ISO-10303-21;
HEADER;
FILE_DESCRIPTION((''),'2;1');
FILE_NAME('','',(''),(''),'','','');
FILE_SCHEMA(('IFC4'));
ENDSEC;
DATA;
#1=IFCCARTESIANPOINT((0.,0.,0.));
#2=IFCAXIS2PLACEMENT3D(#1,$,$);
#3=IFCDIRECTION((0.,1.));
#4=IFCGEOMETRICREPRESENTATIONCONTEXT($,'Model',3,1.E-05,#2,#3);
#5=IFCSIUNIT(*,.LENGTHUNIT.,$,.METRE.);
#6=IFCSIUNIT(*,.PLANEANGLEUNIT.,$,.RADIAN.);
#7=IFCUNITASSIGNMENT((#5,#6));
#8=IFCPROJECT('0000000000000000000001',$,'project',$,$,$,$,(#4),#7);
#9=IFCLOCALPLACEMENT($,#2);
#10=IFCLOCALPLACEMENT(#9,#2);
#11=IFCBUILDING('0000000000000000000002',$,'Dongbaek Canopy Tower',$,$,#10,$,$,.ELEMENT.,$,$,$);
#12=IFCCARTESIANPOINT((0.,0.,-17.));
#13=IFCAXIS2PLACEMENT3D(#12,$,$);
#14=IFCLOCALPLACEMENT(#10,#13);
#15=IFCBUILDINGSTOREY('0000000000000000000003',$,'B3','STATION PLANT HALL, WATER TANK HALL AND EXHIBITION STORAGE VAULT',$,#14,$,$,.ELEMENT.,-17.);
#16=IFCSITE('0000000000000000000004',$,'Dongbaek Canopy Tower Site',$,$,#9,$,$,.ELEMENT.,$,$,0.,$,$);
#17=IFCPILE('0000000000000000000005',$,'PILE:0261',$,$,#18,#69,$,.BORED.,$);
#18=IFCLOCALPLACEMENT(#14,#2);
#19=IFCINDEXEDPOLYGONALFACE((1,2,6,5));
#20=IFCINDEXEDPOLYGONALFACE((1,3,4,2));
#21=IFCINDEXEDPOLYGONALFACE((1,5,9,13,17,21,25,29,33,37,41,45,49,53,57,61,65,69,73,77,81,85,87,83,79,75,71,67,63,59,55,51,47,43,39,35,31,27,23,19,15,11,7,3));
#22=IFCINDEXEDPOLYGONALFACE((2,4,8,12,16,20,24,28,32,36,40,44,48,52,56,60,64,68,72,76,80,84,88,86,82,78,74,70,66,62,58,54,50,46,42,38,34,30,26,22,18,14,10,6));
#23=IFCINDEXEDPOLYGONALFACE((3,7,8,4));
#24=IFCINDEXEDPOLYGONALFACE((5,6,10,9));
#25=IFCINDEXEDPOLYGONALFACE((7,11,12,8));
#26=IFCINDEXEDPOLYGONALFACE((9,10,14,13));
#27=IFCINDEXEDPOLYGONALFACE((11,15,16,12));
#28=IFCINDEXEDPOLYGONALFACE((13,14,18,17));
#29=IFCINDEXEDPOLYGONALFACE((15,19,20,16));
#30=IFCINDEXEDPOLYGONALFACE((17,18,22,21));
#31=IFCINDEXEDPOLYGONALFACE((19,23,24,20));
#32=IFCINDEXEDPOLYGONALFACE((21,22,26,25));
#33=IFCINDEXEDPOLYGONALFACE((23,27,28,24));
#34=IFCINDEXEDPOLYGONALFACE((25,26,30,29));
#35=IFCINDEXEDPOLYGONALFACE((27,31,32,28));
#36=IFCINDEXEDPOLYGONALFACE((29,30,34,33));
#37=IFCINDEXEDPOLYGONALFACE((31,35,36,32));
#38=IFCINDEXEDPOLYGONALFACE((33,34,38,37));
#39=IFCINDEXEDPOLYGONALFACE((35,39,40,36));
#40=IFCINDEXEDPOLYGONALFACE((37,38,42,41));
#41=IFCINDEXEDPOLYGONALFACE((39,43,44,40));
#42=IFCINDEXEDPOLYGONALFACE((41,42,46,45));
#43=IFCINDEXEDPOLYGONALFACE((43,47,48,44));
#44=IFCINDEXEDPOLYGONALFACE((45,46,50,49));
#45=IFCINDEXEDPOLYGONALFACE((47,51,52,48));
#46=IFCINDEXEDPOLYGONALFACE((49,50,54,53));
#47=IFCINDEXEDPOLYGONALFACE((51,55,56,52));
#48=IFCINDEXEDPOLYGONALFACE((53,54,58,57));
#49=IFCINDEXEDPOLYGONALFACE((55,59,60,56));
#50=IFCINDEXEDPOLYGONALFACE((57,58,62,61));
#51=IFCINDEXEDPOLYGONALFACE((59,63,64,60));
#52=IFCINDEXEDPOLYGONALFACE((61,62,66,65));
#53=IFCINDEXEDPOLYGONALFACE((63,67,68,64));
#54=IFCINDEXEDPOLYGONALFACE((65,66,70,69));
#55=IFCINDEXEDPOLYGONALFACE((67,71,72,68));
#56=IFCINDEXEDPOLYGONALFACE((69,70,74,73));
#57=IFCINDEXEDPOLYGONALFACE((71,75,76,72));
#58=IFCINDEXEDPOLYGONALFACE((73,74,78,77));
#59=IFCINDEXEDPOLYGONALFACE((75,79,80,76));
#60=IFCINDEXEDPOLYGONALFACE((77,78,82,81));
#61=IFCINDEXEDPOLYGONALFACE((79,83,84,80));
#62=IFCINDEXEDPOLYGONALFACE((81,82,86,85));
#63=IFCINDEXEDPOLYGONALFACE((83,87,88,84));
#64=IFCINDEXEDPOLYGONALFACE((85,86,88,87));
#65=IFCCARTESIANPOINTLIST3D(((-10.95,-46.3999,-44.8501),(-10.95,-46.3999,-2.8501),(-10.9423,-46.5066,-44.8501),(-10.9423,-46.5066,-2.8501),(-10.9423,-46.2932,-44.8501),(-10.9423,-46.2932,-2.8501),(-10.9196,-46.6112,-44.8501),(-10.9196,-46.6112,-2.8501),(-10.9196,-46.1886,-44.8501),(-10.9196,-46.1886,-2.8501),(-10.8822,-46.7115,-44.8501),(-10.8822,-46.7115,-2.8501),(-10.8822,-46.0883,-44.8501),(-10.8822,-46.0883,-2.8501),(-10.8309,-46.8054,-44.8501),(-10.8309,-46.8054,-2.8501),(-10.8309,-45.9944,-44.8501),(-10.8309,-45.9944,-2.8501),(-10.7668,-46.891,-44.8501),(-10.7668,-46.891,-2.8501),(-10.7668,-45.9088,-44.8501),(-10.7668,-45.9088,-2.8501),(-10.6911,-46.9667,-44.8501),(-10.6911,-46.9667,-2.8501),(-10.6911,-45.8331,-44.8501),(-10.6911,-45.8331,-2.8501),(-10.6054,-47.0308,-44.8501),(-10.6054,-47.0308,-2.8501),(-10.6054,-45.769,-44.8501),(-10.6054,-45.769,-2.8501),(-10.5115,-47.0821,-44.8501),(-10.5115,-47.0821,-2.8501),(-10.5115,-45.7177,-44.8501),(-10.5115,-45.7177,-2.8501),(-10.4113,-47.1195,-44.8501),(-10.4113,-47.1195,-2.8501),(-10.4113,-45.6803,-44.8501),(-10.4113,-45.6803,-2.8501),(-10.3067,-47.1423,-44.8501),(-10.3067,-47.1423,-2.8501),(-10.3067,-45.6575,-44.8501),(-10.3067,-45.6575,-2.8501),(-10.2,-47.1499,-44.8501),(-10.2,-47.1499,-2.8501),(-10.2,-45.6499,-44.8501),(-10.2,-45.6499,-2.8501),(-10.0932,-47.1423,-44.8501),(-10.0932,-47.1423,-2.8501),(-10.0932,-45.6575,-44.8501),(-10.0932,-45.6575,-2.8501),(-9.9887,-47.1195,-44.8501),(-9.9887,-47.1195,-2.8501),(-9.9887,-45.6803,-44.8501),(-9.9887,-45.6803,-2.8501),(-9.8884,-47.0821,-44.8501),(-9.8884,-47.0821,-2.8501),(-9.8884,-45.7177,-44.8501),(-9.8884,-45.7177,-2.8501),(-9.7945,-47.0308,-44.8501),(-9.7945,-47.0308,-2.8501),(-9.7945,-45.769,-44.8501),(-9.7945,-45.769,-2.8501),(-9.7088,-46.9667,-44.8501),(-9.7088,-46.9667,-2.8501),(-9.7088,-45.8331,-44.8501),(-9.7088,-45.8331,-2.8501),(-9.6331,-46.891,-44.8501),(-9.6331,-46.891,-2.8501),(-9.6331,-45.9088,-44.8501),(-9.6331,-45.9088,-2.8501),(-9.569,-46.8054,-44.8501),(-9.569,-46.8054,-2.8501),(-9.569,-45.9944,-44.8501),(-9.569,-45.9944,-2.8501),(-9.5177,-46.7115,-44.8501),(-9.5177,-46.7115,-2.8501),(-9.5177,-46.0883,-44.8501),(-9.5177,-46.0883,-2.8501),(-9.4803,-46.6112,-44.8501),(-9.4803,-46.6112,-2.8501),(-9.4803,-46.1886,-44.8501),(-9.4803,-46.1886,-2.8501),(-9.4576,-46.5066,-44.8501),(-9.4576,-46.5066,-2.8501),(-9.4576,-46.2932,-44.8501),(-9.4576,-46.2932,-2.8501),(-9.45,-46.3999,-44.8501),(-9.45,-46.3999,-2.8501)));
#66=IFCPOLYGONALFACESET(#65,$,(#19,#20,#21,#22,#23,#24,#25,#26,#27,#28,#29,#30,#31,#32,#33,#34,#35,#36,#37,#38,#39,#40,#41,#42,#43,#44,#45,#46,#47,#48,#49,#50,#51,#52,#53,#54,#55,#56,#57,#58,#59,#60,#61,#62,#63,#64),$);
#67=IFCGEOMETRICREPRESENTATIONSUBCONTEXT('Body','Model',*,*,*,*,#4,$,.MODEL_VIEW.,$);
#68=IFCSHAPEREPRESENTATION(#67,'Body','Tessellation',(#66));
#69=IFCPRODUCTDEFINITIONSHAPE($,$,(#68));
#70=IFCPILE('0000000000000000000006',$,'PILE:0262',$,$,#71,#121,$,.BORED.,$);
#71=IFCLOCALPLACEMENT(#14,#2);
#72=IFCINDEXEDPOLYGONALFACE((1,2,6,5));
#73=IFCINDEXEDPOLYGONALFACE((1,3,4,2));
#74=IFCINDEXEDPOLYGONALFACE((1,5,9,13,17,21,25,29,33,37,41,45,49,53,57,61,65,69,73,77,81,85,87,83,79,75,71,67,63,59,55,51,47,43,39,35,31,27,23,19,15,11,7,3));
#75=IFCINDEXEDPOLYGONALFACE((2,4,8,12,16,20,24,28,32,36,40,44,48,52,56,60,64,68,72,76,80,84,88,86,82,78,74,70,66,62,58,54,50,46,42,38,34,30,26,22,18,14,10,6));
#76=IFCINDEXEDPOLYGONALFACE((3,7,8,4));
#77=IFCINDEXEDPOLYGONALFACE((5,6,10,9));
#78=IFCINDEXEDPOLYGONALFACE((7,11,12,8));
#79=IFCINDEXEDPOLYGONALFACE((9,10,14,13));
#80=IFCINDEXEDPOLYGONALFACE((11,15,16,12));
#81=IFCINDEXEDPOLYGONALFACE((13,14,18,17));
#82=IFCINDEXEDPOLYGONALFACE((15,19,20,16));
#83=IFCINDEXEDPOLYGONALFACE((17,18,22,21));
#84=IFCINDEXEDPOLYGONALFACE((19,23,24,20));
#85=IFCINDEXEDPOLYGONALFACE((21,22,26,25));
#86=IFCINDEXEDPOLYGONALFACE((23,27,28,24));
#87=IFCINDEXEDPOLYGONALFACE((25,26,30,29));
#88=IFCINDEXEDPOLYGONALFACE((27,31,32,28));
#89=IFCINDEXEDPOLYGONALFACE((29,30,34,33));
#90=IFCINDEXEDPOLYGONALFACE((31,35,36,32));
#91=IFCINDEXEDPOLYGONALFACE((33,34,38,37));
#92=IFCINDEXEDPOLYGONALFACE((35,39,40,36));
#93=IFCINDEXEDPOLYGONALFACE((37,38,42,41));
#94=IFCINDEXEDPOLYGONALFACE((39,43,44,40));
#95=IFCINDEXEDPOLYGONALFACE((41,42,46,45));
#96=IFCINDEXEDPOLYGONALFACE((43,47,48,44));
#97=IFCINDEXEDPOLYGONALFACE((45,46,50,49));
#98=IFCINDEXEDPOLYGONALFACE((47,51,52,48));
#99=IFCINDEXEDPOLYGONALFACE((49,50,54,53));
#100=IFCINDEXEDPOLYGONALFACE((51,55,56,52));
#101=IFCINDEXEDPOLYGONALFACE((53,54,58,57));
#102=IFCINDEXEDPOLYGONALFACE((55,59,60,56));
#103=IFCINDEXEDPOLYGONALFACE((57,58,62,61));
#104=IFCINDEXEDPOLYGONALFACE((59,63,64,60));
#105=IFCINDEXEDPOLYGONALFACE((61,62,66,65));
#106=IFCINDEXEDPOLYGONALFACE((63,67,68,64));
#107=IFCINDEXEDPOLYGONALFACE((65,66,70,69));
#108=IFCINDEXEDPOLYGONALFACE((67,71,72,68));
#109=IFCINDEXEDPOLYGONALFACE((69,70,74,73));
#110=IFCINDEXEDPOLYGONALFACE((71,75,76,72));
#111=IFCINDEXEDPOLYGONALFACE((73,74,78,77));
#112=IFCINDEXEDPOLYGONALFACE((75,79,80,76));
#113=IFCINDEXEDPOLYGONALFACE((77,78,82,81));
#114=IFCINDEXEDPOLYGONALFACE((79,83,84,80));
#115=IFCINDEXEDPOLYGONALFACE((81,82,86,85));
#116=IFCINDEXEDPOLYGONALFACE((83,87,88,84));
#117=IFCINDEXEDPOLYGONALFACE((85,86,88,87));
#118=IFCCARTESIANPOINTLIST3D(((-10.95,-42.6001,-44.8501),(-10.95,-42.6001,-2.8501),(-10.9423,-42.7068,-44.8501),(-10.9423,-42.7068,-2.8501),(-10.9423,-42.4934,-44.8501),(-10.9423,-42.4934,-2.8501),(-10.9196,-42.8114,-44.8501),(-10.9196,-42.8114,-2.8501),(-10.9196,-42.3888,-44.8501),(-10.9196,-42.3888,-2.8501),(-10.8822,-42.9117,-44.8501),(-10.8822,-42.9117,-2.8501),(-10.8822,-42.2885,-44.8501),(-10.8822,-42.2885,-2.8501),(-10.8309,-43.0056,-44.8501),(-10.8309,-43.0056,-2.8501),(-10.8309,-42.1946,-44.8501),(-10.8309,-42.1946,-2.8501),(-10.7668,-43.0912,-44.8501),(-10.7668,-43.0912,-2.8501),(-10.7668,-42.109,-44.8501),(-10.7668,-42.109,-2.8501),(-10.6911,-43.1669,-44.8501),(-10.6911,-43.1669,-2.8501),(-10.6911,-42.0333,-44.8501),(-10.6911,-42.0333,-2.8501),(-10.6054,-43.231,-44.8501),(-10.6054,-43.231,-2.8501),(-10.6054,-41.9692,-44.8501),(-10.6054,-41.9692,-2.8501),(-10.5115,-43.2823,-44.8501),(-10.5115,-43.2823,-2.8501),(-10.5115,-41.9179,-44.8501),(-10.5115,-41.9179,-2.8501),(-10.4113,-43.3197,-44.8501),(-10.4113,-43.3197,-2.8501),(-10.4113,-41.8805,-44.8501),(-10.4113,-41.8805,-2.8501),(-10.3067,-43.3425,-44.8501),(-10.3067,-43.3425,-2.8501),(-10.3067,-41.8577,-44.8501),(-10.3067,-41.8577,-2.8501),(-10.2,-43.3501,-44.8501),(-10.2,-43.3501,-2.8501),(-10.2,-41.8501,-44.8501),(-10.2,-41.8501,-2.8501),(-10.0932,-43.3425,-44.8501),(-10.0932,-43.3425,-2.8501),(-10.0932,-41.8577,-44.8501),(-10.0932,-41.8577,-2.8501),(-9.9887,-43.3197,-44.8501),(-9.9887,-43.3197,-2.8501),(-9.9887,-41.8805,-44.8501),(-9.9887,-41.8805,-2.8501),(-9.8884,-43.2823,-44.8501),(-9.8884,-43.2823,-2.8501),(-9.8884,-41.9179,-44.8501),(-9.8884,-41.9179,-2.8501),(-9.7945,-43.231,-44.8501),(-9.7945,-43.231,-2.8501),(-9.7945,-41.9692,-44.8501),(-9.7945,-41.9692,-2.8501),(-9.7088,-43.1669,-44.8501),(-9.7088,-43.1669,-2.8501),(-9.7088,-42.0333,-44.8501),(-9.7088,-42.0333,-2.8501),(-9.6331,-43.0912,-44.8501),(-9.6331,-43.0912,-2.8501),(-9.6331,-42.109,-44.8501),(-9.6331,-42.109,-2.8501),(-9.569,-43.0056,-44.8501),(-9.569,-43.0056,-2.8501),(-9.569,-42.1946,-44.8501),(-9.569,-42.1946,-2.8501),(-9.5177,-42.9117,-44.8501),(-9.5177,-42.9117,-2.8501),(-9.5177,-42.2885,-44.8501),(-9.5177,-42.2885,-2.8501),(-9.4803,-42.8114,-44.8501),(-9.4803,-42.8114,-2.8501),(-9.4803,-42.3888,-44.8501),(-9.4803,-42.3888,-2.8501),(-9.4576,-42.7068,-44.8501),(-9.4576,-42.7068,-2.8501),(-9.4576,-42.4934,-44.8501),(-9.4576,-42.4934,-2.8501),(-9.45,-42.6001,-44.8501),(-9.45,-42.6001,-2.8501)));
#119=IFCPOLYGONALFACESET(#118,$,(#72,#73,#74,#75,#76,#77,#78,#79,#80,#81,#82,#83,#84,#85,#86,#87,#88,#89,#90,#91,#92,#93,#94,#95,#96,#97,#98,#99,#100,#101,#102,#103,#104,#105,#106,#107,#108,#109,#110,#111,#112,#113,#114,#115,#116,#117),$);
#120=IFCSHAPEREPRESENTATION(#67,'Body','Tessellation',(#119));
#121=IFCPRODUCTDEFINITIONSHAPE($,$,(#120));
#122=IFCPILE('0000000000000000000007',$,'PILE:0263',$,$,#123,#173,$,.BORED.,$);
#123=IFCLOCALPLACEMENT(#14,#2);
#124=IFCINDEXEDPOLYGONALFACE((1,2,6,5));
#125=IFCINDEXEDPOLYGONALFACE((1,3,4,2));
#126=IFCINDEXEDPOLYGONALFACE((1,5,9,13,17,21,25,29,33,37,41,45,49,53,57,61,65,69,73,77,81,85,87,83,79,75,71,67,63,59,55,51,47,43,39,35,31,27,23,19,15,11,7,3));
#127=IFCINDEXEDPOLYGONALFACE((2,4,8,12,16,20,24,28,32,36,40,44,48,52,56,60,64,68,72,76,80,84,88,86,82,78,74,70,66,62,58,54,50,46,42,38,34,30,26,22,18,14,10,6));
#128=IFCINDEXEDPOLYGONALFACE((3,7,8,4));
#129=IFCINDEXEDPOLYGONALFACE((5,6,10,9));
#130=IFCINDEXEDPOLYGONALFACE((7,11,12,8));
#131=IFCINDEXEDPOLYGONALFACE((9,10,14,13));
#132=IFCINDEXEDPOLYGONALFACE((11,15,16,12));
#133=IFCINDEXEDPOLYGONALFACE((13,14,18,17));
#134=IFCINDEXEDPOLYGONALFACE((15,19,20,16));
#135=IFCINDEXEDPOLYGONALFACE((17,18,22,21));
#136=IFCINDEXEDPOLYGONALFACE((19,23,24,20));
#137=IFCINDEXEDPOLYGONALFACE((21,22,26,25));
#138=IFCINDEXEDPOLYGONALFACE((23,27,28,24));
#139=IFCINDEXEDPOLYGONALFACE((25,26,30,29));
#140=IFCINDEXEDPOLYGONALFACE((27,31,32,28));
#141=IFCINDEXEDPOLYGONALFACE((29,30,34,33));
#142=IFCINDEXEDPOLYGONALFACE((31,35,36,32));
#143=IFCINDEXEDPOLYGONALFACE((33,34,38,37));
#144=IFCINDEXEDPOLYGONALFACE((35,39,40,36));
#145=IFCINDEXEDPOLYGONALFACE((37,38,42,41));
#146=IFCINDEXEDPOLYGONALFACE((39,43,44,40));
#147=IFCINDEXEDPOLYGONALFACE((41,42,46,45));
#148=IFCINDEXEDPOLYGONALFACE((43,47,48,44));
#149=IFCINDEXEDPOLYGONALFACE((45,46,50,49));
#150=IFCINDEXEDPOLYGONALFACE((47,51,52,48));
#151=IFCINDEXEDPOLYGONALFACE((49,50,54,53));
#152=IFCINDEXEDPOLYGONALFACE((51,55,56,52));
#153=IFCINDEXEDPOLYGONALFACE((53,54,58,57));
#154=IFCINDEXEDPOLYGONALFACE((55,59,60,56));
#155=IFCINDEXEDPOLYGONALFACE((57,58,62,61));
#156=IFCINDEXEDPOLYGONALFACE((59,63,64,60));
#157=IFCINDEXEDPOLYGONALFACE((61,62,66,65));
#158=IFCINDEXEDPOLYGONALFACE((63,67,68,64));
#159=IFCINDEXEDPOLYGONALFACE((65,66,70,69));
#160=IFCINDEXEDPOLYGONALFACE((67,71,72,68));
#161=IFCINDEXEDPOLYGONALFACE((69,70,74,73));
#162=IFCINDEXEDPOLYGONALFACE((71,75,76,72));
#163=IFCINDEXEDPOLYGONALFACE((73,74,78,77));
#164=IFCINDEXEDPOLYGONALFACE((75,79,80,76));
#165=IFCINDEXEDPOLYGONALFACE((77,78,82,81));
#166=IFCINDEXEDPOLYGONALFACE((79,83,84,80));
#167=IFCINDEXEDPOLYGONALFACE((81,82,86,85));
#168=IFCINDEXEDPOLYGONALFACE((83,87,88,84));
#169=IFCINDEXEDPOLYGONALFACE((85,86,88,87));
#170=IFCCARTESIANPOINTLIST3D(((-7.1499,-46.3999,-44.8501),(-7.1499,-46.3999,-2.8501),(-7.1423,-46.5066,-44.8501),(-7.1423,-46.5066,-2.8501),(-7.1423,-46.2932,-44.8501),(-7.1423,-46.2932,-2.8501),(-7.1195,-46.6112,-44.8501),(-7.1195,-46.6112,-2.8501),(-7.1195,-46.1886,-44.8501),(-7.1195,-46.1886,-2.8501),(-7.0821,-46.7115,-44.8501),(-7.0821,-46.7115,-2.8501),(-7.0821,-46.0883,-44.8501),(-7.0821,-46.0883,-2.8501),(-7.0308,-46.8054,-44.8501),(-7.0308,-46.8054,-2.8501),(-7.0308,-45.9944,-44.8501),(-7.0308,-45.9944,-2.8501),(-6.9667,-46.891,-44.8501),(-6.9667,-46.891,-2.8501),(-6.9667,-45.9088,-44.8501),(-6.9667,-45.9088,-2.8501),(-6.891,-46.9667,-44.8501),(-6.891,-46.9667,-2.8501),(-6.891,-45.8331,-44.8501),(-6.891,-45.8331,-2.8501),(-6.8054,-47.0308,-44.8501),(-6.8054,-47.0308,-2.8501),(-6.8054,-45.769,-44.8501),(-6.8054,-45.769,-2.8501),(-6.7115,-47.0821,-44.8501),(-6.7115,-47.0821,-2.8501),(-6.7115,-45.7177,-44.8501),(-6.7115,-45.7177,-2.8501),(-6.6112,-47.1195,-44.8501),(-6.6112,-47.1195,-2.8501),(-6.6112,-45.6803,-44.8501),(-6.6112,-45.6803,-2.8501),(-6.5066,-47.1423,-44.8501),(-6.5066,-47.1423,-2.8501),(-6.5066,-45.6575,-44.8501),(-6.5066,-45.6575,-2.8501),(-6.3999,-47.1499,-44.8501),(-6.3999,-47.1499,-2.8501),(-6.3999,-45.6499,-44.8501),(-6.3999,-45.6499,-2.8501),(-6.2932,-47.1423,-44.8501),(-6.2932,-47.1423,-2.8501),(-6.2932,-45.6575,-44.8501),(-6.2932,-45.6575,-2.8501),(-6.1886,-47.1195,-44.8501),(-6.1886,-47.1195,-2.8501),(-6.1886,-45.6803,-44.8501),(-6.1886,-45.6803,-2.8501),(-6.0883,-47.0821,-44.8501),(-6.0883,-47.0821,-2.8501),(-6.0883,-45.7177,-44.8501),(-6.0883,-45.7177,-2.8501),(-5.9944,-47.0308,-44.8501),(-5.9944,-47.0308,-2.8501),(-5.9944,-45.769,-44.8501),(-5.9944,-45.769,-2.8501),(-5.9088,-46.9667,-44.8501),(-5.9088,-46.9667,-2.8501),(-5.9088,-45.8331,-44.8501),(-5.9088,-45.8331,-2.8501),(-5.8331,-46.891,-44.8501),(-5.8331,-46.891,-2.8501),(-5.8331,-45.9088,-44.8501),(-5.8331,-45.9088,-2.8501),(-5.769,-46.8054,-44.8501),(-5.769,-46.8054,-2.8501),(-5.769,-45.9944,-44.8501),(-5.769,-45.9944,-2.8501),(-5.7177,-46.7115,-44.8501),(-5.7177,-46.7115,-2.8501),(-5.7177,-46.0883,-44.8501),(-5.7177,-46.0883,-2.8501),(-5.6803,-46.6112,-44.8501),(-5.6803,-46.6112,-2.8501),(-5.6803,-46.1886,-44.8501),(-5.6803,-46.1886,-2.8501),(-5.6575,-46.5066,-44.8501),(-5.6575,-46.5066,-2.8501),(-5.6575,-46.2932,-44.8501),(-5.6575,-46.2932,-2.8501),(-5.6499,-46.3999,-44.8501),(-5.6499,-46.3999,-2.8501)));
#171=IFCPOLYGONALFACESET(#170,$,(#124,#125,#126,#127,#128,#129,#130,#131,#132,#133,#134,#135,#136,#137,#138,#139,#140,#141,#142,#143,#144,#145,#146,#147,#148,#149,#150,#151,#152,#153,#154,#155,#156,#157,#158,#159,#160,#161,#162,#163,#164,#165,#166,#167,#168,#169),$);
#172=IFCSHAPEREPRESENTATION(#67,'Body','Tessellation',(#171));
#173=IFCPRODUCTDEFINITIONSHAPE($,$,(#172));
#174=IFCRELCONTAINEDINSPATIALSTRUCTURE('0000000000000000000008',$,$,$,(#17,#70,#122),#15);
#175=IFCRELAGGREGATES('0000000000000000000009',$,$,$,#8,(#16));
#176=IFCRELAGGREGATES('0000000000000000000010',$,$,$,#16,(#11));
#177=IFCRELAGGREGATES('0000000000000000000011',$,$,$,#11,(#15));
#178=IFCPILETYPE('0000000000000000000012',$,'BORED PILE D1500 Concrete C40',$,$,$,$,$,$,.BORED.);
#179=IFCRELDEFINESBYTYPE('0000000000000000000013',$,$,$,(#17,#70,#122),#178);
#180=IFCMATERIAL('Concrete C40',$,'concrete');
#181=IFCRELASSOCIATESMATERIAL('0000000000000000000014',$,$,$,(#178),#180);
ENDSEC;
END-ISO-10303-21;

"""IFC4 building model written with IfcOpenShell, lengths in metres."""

from ifc_helpers import new_model, si_unit, direction, frame, origin, origin_2d, place, context, subcontext, project, spatial, circle, extrude, material, material_profile, profile_set, type_object, element, save


model = new_model("IFC4")

# Units and contexts
model_context = context("Model", 3, precision=1e-05, world=origin(), true_north=direction((0.0, 1.0)))
body_context = subcontext(model_context, "Body", "Model", "MODEL_VIEW")
ifc_project = project(units=[si_unit("LENGTHUNIT", "METRE"), si_unit("PLANEANGLEUNIT", "RADIAN")], contexts=[model_context])

# Site, building, storey
site_placement = place(None, origin())
site = spatial("IfcSite", under=ifc_project, at=site_placement, Name="Dongbaek Canopy Tower Site", CompositionType="ELEMENT", RefElevation=0.0)
building_placement = place(site_placement, origin())
building = spatial("IfcBuilding", under=site, at=building_placement, Name="Dongbaek Canopy Tower", CompositionType="ELEMENT")
storey_placement = place(building_placement, frame((0.0, 0.0, -17.0)))
storey = spatial("IfcBuildingStorey", under=building, at=storey_placement, Name="B3", Description="STATION PLANT HALL, WATER TANK HALL AND EXHIBITION STORAGE VAULT", CompositionType="ELEMENT", Elevation=-17.0)

# Piles
ifc_material_1 = material(Name="Concrete C40", Category="concrete")
ifc_material_profile_1 = material_profile(ifc_material_1, circle(Radius=0.75, at=origin_2d()), Name="BORED PILE D1500 Concrete C40")
ifc_profile_set_1 = profile_set([ifc_material_profile_1], Name="Concrete C40")
pile_type = type_object("IfcPileType", Name="BORED PILE D1500 Concrete C40", PredefinedType="BORED", material=ifc_profile_set_1)
for number, where, z_axis, x_axis, name in (
    (1, (-10.2, -46.3999, -2.8501), (0.0, 0.0, -1.0), (1.0, 0.0, 0.0), "PILE:0261"),
    (2, (-10.2, -42.6001, -2.8501), (0.0, 0.0, -1.0), (1.0, 0.0, 0.0), "PILE:0262"),
    (3, (-6.3999, -46.3999, -2.8501), (0.0, 0.0, -1.0), (1.0, 0.0, 0.0), "PILE:0263"),
):
    element("IfcPile", number, at=place(storey_placement, frame(where, z_axis=z_axis, x_axis=x_axis)), inside=storey, type_object=pile_type, Name=name, PredefinedType="BORED", context=body_context, shape_type="SweptSolid", body=[
        extrude(circle(Radius=0.75, at=origin_2d()), origin(), (0.0, 0.0, 1.0), 42.0),
    ])

save(model, "model.ifc")
